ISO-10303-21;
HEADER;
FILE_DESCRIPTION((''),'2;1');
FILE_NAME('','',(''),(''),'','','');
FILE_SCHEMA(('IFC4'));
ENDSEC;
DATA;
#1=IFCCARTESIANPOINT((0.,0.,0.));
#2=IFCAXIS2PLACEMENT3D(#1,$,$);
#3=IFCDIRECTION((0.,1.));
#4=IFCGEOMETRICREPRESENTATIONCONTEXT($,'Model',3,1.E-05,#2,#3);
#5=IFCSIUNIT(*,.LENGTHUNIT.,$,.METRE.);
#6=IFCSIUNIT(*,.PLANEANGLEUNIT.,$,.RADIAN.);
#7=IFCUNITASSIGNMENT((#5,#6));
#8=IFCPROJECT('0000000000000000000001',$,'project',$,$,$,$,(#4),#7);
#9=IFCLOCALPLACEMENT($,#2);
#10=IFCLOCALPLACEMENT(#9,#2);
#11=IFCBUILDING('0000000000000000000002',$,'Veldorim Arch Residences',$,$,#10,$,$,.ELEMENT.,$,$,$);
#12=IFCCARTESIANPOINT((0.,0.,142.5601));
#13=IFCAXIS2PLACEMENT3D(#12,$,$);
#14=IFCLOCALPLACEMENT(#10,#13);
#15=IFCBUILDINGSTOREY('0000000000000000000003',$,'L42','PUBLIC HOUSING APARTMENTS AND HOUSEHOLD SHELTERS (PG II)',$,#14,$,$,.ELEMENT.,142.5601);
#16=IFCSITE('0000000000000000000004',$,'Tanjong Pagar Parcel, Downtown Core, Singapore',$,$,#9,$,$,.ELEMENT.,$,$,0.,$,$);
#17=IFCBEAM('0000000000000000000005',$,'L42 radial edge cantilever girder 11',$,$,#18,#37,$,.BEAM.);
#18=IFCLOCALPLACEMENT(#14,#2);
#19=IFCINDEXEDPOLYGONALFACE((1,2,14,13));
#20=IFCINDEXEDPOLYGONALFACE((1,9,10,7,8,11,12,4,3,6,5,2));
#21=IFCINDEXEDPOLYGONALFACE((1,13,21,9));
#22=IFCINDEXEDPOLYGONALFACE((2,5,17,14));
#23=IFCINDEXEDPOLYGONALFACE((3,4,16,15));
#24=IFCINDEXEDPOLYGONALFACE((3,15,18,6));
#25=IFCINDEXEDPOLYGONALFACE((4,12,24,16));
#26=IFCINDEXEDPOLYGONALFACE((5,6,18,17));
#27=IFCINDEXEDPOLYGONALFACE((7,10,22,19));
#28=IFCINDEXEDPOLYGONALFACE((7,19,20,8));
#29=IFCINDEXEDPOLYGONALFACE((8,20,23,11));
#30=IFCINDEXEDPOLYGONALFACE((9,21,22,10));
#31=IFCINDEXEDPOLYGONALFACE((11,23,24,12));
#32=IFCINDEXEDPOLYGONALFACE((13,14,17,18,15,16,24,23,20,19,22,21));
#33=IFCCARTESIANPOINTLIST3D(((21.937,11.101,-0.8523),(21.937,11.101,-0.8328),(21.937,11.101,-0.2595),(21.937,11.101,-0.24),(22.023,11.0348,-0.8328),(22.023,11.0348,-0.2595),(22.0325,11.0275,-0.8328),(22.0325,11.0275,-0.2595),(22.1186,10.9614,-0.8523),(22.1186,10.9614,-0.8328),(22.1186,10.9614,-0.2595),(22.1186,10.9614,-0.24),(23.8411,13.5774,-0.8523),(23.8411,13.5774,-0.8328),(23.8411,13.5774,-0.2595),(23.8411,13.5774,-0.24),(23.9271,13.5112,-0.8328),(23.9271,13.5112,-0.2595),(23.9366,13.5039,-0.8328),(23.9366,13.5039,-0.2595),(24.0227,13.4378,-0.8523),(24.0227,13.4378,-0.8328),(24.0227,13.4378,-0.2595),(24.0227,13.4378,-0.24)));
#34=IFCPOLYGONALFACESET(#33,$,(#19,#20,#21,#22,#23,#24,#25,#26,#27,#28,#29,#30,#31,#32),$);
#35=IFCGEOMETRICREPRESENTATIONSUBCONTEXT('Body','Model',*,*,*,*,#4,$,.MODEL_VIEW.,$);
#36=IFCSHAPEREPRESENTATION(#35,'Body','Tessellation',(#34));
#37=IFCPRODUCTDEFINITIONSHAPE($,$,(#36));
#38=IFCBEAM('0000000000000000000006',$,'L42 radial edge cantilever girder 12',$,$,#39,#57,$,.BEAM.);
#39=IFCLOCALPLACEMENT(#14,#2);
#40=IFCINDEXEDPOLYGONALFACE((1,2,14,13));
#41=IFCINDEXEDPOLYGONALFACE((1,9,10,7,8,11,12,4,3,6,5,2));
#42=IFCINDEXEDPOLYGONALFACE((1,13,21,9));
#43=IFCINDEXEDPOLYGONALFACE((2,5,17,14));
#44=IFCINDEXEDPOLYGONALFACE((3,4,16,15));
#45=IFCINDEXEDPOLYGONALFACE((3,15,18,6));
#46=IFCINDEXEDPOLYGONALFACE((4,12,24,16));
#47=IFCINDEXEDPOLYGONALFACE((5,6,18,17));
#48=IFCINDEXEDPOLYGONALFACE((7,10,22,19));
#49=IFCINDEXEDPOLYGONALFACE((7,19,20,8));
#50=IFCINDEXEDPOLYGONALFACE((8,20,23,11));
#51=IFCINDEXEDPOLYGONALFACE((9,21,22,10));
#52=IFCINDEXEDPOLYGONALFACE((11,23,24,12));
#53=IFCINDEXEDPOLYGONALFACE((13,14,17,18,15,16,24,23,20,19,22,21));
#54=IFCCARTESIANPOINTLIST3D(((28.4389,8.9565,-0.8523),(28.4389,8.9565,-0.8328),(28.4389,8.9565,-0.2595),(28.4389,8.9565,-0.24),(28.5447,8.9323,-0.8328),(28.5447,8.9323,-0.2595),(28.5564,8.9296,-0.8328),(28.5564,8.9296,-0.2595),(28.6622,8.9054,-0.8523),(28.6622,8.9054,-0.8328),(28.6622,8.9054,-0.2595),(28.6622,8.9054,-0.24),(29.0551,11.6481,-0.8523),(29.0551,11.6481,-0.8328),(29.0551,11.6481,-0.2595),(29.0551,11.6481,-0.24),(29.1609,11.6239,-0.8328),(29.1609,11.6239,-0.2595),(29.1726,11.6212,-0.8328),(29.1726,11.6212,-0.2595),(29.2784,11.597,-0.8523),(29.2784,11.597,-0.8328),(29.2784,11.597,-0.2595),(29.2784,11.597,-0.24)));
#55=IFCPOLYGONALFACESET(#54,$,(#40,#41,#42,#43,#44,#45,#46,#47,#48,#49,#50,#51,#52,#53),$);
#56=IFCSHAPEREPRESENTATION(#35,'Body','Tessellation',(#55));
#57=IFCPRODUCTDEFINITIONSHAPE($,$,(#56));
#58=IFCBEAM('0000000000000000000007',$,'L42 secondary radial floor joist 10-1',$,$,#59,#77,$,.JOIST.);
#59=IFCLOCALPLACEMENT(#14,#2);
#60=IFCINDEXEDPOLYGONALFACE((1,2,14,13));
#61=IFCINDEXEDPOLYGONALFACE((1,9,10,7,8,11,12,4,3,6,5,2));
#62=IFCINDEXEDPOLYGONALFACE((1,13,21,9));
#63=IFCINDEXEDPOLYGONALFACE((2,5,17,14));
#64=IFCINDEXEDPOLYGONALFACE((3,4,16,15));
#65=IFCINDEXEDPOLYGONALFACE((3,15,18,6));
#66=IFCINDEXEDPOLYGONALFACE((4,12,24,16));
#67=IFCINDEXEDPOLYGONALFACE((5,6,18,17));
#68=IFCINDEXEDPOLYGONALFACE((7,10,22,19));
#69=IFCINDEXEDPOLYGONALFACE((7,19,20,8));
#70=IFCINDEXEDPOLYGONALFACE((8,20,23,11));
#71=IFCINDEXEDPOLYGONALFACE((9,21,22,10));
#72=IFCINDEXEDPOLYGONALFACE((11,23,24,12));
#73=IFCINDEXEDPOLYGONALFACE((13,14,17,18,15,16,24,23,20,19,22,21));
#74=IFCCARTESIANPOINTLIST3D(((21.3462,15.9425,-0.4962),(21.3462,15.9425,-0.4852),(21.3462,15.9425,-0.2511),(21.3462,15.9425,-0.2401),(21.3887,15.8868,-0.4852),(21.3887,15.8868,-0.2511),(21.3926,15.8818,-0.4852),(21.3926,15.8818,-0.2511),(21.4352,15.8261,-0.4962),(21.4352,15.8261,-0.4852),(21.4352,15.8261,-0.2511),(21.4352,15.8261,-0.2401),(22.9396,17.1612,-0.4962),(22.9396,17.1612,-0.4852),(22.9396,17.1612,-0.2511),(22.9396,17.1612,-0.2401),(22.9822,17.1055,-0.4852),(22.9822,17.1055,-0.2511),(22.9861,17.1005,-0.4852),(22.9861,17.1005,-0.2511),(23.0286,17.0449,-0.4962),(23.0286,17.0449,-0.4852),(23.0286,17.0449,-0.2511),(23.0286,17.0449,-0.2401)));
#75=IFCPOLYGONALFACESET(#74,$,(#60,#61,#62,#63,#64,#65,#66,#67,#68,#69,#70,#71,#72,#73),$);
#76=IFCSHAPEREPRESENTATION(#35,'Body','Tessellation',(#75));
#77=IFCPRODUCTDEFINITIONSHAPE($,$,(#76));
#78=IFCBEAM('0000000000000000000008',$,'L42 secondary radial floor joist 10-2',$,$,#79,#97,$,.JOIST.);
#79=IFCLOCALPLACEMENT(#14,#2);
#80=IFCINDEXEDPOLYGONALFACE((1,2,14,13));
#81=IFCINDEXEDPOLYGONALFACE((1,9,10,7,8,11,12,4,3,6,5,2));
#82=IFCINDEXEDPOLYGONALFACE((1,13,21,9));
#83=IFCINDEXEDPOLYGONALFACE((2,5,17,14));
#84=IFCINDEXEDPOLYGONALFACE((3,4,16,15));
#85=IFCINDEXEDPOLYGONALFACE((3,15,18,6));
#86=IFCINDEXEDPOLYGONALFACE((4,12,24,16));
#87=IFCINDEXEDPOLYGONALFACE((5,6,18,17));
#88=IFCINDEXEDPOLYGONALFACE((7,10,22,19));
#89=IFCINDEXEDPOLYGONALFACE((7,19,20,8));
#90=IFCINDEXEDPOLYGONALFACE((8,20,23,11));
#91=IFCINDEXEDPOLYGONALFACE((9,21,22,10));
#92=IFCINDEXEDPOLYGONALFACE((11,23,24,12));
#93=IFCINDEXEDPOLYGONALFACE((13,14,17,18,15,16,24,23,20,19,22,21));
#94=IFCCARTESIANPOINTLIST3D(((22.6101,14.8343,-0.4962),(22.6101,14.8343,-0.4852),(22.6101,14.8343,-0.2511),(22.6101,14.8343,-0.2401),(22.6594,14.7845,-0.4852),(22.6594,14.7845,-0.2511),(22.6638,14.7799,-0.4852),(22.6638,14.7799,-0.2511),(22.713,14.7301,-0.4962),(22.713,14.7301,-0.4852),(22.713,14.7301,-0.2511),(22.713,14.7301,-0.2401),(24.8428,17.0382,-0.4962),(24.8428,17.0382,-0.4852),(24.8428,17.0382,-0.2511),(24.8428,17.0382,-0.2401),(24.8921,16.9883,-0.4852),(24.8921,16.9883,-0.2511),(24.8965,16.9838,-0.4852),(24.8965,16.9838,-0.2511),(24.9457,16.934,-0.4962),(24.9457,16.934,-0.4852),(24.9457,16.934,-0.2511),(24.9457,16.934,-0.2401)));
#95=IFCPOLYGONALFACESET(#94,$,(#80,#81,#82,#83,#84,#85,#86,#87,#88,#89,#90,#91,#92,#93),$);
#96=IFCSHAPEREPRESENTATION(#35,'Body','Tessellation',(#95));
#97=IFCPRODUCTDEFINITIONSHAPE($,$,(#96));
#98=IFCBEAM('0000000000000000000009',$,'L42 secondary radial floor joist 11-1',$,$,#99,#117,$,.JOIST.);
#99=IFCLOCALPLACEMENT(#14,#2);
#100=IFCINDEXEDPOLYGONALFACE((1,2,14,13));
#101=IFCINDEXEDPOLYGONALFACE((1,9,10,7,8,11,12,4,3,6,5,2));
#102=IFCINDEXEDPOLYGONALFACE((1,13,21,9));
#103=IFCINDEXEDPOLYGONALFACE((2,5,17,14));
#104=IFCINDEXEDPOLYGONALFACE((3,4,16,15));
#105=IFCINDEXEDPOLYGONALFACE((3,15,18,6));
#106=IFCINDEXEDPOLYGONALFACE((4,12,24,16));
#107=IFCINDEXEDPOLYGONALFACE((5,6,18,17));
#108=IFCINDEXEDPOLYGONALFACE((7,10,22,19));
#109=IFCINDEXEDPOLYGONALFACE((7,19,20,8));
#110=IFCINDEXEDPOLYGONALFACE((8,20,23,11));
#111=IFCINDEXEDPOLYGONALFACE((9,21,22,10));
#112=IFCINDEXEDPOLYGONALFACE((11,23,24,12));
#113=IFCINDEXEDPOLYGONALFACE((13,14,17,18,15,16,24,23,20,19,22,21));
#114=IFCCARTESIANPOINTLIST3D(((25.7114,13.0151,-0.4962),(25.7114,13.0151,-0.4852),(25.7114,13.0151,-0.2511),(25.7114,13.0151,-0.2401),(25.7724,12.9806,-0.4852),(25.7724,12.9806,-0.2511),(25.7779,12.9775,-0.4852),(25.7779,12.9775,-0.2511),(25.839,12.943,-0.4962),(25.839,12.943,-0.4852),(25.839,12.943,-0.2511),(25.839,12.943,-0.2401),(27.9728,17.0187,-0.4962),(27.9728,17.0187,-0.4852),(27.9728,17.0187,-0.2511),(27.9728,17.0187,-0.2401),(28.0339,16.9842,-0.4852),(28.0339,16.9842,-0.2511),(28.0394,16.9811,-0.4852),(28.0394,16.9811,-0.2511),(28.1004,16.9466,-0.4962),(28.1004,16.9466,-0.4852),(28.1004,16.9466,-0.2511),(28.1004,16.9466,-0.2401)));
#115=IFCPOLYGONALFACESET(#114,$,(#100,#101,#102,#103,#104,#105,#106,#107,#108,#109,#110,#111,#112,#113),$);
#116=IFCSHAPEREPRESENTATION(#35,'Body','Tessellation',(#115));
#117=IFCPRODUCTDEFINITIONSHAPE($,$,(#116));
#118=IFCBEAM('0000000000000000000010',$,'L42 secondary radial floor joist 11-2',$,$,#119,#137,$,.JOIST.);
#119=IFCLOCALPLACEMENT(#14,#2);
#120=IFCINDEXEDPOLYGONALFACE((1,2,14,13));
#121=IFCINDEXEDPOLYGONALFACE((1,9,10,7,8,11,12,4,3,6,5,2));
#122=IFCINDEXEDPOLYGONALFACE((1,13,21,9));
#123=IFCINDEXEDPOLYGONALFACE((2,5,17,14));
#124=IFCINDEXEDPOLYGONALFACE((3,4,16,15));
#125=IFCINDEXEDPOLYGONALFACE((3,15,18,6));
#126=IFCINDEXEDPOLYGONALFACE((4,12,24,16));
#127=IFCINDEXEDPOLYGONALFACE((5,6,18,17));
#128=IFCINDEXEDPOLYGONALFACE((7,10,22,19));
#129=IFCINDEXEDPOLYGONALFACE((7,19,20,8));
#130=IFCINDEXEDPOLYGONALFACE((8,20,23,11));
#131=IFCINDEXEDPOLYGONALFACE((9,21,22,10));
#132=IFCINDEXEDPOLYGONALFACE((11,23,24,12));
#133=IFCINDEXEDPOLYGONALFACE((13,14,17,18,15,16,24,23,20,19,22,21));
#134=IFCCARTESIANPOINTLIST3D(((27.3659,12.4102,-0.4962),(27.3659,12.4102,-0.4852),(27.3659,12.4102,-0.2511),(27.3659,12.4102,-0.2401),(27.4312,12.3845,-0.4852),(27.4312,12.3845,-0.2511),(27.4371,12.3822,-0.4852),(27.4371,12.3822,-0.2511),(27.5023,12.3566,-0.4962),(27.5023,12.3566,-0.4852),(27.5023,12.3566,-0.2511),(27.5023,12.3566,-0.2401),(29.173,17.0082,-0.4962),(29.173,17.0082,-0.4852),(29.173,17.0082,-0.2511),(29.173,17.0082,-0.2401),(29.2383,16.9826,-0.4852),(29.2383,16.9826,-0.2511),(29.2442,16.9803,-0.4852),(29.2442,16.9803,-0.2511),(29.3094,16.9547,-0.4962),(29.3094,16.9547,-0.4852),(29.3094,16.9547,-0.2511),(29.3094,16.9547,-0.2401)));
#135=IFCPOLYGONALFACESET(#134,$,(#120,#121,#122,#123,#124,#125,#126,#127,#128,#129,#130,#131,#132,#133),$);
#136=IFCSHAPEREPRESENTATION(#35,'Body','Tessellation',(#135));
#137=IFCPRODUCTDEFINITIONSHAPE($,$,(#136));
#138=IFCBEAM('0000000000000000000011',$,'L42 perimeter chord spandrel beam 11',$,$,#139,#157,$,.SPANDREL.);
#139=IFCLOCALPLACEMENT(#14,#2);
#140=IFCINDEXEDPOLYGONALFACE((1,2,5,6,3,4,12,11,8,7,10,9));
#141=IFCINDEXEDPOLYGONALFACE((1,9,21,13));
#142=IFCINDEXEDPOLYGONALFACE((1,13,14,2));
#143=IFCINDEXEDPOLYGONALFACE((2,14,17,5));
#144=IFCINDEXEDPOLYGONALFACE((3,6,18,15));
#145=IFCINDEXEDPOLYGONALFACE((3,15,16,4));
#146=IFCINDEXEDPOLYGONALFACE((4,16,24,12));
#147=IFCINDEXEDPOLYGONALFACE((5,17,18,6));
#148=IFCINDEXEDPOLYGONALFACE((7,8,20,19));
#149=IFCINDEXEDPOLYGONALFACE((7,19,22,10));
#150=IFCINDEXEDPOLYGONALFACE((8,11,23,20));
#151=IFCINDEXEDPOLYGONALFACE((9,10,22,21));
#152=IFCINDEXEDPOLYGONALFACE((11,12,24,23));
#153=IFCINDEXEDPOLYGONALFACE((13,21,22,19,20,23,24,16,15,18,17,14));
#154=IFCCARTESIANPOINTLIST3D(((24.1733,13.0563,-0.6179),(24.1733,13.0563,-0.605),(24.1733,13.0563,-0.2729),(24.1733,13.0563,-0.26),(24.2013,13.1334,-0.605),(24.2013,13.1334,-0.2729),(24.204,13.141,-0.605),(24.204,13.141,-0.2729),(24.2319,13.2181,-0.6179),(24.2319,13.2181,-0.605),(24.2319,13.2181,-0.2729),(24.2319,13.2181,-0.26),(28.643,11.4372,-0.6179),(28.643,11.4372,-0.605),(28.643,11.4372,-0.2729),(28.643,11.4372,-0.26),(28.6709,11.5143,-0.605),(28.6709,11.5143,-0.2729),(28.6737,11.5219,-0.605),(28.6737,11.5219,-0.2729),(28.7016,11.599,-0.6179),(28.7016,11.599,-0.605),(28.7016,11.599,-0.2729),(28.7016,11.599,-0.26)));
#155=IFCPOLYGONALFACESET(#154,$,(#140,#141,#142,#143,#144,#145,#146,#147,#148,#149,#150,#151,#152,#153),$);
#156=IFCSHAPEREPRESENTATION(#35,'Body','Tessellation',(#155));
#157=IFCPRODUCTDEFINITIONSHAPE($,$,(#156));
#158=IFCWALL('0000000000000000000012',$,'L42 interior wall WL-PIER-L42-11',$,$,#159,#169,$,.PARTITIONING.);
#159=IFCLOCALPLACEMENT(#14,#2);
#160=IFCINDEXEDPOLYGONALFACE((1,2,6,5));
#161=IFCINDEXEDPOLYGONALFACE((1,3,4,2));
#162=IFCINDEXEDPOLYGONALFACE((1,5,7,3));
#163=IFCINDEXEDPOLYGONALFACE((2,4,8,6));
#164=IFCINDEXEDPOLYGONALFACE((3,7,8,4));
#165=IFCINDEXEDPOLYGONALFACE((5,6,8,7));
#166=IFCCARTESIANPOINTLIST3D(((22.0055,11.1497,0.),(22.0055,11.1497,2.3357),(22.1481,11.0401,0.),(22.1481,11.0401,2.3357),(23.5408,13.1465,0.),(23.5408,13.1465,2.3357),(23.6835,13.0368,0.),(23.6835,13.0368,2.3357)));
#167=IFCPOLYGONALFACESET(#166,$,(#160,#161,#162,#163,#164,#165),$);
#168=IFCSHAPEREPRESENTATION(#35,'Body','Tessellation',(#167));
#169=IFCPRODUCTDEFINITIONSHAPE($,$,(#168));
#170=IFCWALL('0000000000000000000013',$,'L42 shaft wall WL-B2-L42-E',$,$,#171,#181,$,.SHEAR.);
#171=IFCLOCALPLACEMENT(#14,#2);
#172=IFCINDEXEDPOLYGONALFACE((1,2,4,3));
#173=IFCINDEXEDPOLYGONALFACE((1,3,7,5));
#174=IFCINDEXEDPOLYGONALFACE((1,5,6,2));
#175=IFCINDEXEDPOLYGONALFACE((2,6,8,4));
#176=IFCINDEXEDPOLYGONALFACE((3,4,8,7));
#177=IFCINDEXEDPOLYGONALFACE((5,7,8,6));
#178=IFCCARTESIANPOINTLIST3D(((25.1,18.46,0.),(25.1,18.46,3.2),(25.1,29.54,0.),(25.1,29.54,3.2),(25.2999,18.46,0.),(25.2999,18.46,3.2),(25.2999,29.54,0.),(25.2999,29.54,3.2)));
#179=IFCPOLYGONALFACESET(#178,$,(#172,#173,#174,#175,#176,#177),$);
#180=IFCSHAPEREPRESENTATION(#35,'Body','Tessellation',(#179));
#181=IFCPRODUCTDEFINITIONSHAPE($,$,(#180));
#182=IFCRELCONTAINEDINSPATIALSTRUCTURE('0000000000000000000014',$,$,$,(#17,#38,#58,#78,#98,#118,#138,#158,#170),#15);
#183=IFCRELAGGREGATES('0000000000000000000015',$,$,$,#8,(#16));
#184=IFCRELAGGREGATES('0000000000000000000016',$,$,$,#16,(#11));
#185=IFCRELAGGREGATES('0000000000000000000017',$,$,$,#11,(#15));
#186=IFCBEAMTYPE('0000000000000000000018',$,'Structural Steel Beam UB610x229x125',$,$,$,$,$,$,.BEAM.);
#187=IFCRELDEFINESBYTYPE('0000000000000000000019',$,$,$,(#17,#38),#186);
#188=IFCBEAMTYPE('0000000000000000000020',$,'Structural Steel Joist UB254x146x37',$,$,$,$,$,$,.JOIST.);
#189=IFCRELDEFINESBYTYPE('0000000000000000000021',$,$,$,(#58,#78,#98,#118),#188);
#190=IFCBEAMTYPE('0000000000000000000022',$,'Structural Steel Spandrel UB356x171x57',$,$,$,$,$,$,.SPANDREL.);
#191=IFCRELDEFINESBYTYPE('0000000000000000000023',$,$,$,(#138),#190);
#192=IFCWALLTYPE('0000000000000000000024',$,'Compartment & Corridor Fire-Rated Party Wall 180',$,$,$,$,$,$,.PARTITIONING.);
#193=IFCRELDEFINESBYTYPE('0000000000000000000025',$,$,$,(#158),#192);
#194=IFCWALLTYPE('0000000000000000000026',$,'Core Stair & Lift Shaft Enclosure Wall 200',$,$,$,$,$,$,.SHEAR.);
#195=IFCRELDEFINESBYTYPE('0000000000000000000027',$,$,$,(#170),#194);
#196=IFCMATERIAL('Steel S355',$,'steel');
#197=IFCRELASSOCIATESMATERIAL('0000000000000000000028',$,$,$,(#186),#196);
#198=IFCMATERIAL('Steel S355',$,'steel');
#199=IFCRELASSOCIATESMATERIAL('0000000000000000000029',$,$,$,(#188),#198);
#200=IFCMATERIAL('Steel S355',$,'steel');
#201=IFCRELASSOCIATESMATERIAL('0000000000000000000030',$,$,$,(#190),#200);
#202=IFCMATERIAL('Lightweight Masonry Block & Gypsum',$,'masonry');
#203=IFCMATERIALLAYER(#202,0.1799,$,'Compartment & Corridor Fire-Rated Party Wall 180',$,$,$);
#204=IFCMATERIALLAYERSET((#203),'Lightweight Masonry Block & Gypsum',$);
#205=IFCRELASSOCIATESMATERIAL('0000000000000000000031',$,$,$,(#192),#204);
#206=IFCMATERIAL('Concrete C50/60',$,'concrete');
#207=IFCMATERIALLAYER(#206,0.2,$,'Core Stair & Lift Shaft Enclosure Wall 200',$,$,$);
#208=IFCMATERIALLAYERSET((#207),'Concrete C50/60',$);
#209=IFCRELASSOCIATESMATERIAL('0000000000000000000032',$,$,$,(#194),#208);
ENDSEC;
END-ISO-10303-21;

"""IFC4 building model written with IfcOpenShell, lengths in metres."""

from ifc_helpers import new_model, si_unit, direction, frame, frame_2d, origin, origin_2d, place, context, subcontext, project, spatial, rectangle, i_section, extrude, material, layer, layer_set, material_profile, profile_set, type_object, element, save


model = new_model("IFC4")

# Units and contexts
model_context = context("Model", 3, precision=1e-05, world=origin(), true_north=direction((0.0, 1.0)))
body_context = subcontext(model_context, "Body", "Model", "MODEL_VIEW")
ifc_project = project(units=[si_unit("LENGTHUNIT", "METRE"), si_unit("PLANEANGLEUNIT", "RADIAN")], contexts=[model_context])

# Site, building, storey
site_placement = place(None, origin())
site = spatial("IfcSite", under=ifc_project, at=site_placement, Name="Tanjong Pagar Parcel, Downtown Core, Singapore", CompositionType="ELEMENT", RefElevation=0.0)
building_placement = place(site_placement, origin())
building = spatial("IfcBuilding", under=site, at=building_placement, Name="Veldorim Arch Residences", CompositionType="ELEMENT")
storey_placement = place(building_placement, frame((0.0, 0.0, 142.5601)))
storey = spatial("IfcBuildingStorey", under=building, at=storey_placement, Name="L42", Description="PUBLIC HOUSING APARTMENTS AND HOUSEHOLD SHELTERS (PG II)", CompositionType="ELEMENT", Elevation=142.5601)

# Beams
ifc_material_1 = material(Name="Steel S355", Category="steel")
ifc_material_profile_1 = material_profile(ifc_material_1, i_section(OverallWidth=0.229, OverallDepth=0.6123, WebThickness=0.012, FlangeThickness=0.0195, at=origin_2d()), Name="UB610x229x125")
ifc_profile_set_1 = profile_set([ifc_material_profile_1], Name="Steel S355")
beam_type_1 = type_object("IfcBeamType", Name="Structural Steel Beam UB610x229x125", PredefinedType="BEAM", material=ifc_profile_set_1)
beam_1_placement = place(storey_placement, frame((23.9319, 13.5076, -0.5461), z_axis=(-0.609548, -0.792749, 0.0), x_axis=(0.792749, -0.609548, 0.0)))
element("IfcBeam", 1, at=beam_1_placement, inside=storey, type_object=beam_type_1, Name="L42 radial edge cantilever girder 11", PredefinedType="BEAM", context=body_context, shape_type="SweptSolid", body=[
    extrude(i_section(OverallWidth=0.229, OverallDepth=0.6123, WebThickness=0.012, FlangeThickness=0.0195, at=origin_2d()), origin(), (0.0, 0.0, 1.0), 3.1238),
])
beam_2_placement = place(storey_placement, frame((29.1667, 11.6226, -0.5461), z_axis=(-0.223161, -0.974782, 0.0), x_axis=(0.974782, -0.223161, 0.0)))
element("IfcBeam", 2, at=beam_2_placement, inside=storey, type_object=beam_type_1, Name="L42 radial edge cantilever girder 12", PredefinedType="BEAM", context=body_context, shape_type="SweptSolid", body=[
    extrude(i_section(OverallWidth=0.229, OverallDepth=0.6123, WebThickness=0.012, FlangeThickness=0.0195, at=origin_2d()), origin(), (0.0, 0.0, 1.0), 2.7612),
])
ifc_material_2 = material(Name="Steel S355", Category="steel")
ifc_material_profile_2 = material_profile(ifc_material_2, i_section(OverallWidth=0.1465, OverallDepth=0.2561, WebThickness=0.0063, FlangeThickness=0.011, at=origin_2d()), Name="UB254x146x37")
ifc_profile_set_2 = profile_set([ifc_material_profile_2], Name="Steel S355")
beam_type_2 = type_object("IfcBeamType", Name="Structural Steel Joist UB254x146x37", PredefinedType="JOIST", material=ifc_profile_set_2)
beam_3_placement = place(storey_placement, frame((22.9841, 17.103, -0.3682), z_axis=(-0.794313, -0.607509, 0.0), x_axis=(0.607509, -0.794313, 0.0)))
element("IfcBeam", 3, at=beam_3_placement, inside=storey, type_object=beam_type_2, Name="L42 secondary radial floor joist 10-1", PredefinedType="JOIST", context=body_context, shape_type="SweptSolid", body=[
    extrude(i_section(OverallWidth=0.1465, OverallDepth=0.2561, WebThickness=0.0063, FlangeThickness=0.011, at=origin_2d()), origin(), (0.0, 0.0, 1.0), 2.0061),
])
beam_4_placement = place(storey_placement, frame((24.8943, 16.9861, -0.3682), z_axis=(-0.711683, -0.7025, 0.0), x_axis=(0.7025, -0.711683, 0.0)))
element("IfcBeam", 4, at=beam_4_placement, inside=storey, type_object=beam_type_2, Name="L42 secondary radial floor joist 10-2", PredefinedType="JOIST", context=body_context, shape_type="SweptSolid", body=[
    extrude(i_section(OverallWidth=0.1465, OverallDepth=0.2561, WebThickness=0.0063, FlangeThickness=0.011, at=origin_2d()), origin(), (0.0, 0.0, 1.0), 3.1372),
])
beam_5_placement = place(storey_placement, frame((28.0366, 16.9827, -0.3682), z_axis=(-0.491816, -0.870699, 0.0), x_axis=(0.870699, -0.491816, 0.0)))
element("IfcBeam", 5, at=beam_5_placement, inside=storey, type_object=beam_type_2, Name="L42 secondary radial floor joist 11-1", PredefinedType="JOIST", context=body_context, shape_type="SweptSolid", body=[
    extrude(i_section(OverallWidth=0.1465, OverallDepth=0.2561, WebThickness=0.0063, FlangeThickness=0.011, at=origin_2d()), origin(), (0.0, 0.0, 1.0), 4.5981),
])
beam_6_placement = place(storey_placement, frame((29.2412, 16.9814, -0.3682), z_axis=(-0.365778, -0.930702, 0.0), x_axis=(0.930702, -0.365778, 0.0)))
element("IfcBeam", 6, at=beam_6_placement, inside=storey, type_object=beam_type_2, Name="L42 secondary radial floor joist 11-2", PredefinedType="JOIST", context=body_context, shape_type="SweptSolid", body=[
    extrude(i_section(OverallWidth=0.1465, OverallDepth=0.2561, WebThickness=0.0063, FlangeThickness=0.011, at=origin_2d()), origin(), (0.0, 0.0, 1.0), 4.9404),
])
ifc_material_3 = material(Name="Steel S355", Category="steel")
ifc_material_profile_3 = material_profile(ifc_material_3, i_section(OverallWidth=0.1721, OverallDepth=0.3579, WebThickness=0.0081, FlangeThickness=0.0129, at=origin_2d()), Name="UB356x171x57")
ifc_profile_set_3 = profile_set([ifc_material_profile_3], Name="Steel S355")
beam_type_3 = type_object("IfcBeamType", Name="Structural Steel Spandrel UB356x171x57", PredefinedType="SPANDREL", material=ifc_profile_set_3)
beam_7_placement = place(storey_placement, frame((24.2026, 13.1372, -0.439), z_axis=(0.940213, -0.340588, 0.0), x_axis=(0.340588, 0.940213, 0.0)))
element("IfcBeam", 7, at=beam_7_placement, inside=storey, type_object=beam_type_3, Name="L42 perimeter chord spandrel beam 11", PredefinedType="SPANDREL", context=body_context, shape_type="SweptSolid", body=[
    extrude(i_section(OverallWidth=0.1721, OverallDepth=0.3579, WebThickness=0.0081, FlangeThickness=0.0129, at=origin_2d()), origin(), (0.0, 0.0, 1.0), 4.7539),
])

# Walls
ifc_material_4 = material(Name="Lightweight Masonry Block & Gypsum", Category="masonry")
ifc_layer_1 = layer(ifc_material_4, 0.1799, Name="Compartment & Corridor Fire-Rated Party Wall 180")
ifc_layer_set_1 = layer_set([ifc_layer_1], Name="Lightweight Masonry Block & Gypsum")
wall_type_1 = type_object("IfcWallType", Name="Compartment & Corridor Fire-Rated Party Wall 180", PredefinedType="PARTITIONING", material=ifc_layer_set_1)
wall_1_placement = place(storey_placement, frame((23.6121, 13.0916, 0.0), z_axis=(0.0, 0.0, 1.0), x_axis=(-0.609556, -0.792743, 0.0)))
element("IfcWall", 8, at=wall_1_placement, inside=storey, type_object=wall_type_1, Name="L42 interior wall WL-PIER-L42-11", PredefinedType="PARTITIONING", context=body_context, shape_type="SweptSolid", body=[
    extrude(rectangle(XDim=2.5188, YDim=0.1799, at=frame_2d((1.2593, 0.0))), origin(), (0.0, 0.0, 1.0), 2.3357),
])
ifc_material_5 = material(Name="Concrete C50/60", Category="concrete")
ifc_layer_2 = layer(ifc_material_5, 0.2, Name="Core Stair & Lift Shaft Enclosure Wall 200")
ifc_layer_set_2 = layer_set([ifc_layer_2], Name="Concrete C50/60")
wall_type_2 = type_object("IfcWallType", Name="Core Stair & Lift Shaft Enclosure Wall 200", PredefinedType="SHEAR", material=ifc_layer_set_2)
wall_2_placement = place(storey_placement, frame((25.2, 18.46, 0.0), z_axis=(0.0, 0.0, 1.0), x_axis=(0.0, 1.0, 0.0)))
element("IfcWall", 9, at=wall_2_placement, inside=storey, type_object=wall_type_2, Name="L42 shaft wall WL-B2-L42-E", PredefinedType="SHEAR", context=body_context, shape_type="SweptSolid", body=[
    extrude(rectangle(XDim=11.0801, YDim=0.2, at=frame_2d((5.54, 0.0))), origin(), (0.0, 0.0, 1.0), 3.2),
])

save(model, "model.ifc")
